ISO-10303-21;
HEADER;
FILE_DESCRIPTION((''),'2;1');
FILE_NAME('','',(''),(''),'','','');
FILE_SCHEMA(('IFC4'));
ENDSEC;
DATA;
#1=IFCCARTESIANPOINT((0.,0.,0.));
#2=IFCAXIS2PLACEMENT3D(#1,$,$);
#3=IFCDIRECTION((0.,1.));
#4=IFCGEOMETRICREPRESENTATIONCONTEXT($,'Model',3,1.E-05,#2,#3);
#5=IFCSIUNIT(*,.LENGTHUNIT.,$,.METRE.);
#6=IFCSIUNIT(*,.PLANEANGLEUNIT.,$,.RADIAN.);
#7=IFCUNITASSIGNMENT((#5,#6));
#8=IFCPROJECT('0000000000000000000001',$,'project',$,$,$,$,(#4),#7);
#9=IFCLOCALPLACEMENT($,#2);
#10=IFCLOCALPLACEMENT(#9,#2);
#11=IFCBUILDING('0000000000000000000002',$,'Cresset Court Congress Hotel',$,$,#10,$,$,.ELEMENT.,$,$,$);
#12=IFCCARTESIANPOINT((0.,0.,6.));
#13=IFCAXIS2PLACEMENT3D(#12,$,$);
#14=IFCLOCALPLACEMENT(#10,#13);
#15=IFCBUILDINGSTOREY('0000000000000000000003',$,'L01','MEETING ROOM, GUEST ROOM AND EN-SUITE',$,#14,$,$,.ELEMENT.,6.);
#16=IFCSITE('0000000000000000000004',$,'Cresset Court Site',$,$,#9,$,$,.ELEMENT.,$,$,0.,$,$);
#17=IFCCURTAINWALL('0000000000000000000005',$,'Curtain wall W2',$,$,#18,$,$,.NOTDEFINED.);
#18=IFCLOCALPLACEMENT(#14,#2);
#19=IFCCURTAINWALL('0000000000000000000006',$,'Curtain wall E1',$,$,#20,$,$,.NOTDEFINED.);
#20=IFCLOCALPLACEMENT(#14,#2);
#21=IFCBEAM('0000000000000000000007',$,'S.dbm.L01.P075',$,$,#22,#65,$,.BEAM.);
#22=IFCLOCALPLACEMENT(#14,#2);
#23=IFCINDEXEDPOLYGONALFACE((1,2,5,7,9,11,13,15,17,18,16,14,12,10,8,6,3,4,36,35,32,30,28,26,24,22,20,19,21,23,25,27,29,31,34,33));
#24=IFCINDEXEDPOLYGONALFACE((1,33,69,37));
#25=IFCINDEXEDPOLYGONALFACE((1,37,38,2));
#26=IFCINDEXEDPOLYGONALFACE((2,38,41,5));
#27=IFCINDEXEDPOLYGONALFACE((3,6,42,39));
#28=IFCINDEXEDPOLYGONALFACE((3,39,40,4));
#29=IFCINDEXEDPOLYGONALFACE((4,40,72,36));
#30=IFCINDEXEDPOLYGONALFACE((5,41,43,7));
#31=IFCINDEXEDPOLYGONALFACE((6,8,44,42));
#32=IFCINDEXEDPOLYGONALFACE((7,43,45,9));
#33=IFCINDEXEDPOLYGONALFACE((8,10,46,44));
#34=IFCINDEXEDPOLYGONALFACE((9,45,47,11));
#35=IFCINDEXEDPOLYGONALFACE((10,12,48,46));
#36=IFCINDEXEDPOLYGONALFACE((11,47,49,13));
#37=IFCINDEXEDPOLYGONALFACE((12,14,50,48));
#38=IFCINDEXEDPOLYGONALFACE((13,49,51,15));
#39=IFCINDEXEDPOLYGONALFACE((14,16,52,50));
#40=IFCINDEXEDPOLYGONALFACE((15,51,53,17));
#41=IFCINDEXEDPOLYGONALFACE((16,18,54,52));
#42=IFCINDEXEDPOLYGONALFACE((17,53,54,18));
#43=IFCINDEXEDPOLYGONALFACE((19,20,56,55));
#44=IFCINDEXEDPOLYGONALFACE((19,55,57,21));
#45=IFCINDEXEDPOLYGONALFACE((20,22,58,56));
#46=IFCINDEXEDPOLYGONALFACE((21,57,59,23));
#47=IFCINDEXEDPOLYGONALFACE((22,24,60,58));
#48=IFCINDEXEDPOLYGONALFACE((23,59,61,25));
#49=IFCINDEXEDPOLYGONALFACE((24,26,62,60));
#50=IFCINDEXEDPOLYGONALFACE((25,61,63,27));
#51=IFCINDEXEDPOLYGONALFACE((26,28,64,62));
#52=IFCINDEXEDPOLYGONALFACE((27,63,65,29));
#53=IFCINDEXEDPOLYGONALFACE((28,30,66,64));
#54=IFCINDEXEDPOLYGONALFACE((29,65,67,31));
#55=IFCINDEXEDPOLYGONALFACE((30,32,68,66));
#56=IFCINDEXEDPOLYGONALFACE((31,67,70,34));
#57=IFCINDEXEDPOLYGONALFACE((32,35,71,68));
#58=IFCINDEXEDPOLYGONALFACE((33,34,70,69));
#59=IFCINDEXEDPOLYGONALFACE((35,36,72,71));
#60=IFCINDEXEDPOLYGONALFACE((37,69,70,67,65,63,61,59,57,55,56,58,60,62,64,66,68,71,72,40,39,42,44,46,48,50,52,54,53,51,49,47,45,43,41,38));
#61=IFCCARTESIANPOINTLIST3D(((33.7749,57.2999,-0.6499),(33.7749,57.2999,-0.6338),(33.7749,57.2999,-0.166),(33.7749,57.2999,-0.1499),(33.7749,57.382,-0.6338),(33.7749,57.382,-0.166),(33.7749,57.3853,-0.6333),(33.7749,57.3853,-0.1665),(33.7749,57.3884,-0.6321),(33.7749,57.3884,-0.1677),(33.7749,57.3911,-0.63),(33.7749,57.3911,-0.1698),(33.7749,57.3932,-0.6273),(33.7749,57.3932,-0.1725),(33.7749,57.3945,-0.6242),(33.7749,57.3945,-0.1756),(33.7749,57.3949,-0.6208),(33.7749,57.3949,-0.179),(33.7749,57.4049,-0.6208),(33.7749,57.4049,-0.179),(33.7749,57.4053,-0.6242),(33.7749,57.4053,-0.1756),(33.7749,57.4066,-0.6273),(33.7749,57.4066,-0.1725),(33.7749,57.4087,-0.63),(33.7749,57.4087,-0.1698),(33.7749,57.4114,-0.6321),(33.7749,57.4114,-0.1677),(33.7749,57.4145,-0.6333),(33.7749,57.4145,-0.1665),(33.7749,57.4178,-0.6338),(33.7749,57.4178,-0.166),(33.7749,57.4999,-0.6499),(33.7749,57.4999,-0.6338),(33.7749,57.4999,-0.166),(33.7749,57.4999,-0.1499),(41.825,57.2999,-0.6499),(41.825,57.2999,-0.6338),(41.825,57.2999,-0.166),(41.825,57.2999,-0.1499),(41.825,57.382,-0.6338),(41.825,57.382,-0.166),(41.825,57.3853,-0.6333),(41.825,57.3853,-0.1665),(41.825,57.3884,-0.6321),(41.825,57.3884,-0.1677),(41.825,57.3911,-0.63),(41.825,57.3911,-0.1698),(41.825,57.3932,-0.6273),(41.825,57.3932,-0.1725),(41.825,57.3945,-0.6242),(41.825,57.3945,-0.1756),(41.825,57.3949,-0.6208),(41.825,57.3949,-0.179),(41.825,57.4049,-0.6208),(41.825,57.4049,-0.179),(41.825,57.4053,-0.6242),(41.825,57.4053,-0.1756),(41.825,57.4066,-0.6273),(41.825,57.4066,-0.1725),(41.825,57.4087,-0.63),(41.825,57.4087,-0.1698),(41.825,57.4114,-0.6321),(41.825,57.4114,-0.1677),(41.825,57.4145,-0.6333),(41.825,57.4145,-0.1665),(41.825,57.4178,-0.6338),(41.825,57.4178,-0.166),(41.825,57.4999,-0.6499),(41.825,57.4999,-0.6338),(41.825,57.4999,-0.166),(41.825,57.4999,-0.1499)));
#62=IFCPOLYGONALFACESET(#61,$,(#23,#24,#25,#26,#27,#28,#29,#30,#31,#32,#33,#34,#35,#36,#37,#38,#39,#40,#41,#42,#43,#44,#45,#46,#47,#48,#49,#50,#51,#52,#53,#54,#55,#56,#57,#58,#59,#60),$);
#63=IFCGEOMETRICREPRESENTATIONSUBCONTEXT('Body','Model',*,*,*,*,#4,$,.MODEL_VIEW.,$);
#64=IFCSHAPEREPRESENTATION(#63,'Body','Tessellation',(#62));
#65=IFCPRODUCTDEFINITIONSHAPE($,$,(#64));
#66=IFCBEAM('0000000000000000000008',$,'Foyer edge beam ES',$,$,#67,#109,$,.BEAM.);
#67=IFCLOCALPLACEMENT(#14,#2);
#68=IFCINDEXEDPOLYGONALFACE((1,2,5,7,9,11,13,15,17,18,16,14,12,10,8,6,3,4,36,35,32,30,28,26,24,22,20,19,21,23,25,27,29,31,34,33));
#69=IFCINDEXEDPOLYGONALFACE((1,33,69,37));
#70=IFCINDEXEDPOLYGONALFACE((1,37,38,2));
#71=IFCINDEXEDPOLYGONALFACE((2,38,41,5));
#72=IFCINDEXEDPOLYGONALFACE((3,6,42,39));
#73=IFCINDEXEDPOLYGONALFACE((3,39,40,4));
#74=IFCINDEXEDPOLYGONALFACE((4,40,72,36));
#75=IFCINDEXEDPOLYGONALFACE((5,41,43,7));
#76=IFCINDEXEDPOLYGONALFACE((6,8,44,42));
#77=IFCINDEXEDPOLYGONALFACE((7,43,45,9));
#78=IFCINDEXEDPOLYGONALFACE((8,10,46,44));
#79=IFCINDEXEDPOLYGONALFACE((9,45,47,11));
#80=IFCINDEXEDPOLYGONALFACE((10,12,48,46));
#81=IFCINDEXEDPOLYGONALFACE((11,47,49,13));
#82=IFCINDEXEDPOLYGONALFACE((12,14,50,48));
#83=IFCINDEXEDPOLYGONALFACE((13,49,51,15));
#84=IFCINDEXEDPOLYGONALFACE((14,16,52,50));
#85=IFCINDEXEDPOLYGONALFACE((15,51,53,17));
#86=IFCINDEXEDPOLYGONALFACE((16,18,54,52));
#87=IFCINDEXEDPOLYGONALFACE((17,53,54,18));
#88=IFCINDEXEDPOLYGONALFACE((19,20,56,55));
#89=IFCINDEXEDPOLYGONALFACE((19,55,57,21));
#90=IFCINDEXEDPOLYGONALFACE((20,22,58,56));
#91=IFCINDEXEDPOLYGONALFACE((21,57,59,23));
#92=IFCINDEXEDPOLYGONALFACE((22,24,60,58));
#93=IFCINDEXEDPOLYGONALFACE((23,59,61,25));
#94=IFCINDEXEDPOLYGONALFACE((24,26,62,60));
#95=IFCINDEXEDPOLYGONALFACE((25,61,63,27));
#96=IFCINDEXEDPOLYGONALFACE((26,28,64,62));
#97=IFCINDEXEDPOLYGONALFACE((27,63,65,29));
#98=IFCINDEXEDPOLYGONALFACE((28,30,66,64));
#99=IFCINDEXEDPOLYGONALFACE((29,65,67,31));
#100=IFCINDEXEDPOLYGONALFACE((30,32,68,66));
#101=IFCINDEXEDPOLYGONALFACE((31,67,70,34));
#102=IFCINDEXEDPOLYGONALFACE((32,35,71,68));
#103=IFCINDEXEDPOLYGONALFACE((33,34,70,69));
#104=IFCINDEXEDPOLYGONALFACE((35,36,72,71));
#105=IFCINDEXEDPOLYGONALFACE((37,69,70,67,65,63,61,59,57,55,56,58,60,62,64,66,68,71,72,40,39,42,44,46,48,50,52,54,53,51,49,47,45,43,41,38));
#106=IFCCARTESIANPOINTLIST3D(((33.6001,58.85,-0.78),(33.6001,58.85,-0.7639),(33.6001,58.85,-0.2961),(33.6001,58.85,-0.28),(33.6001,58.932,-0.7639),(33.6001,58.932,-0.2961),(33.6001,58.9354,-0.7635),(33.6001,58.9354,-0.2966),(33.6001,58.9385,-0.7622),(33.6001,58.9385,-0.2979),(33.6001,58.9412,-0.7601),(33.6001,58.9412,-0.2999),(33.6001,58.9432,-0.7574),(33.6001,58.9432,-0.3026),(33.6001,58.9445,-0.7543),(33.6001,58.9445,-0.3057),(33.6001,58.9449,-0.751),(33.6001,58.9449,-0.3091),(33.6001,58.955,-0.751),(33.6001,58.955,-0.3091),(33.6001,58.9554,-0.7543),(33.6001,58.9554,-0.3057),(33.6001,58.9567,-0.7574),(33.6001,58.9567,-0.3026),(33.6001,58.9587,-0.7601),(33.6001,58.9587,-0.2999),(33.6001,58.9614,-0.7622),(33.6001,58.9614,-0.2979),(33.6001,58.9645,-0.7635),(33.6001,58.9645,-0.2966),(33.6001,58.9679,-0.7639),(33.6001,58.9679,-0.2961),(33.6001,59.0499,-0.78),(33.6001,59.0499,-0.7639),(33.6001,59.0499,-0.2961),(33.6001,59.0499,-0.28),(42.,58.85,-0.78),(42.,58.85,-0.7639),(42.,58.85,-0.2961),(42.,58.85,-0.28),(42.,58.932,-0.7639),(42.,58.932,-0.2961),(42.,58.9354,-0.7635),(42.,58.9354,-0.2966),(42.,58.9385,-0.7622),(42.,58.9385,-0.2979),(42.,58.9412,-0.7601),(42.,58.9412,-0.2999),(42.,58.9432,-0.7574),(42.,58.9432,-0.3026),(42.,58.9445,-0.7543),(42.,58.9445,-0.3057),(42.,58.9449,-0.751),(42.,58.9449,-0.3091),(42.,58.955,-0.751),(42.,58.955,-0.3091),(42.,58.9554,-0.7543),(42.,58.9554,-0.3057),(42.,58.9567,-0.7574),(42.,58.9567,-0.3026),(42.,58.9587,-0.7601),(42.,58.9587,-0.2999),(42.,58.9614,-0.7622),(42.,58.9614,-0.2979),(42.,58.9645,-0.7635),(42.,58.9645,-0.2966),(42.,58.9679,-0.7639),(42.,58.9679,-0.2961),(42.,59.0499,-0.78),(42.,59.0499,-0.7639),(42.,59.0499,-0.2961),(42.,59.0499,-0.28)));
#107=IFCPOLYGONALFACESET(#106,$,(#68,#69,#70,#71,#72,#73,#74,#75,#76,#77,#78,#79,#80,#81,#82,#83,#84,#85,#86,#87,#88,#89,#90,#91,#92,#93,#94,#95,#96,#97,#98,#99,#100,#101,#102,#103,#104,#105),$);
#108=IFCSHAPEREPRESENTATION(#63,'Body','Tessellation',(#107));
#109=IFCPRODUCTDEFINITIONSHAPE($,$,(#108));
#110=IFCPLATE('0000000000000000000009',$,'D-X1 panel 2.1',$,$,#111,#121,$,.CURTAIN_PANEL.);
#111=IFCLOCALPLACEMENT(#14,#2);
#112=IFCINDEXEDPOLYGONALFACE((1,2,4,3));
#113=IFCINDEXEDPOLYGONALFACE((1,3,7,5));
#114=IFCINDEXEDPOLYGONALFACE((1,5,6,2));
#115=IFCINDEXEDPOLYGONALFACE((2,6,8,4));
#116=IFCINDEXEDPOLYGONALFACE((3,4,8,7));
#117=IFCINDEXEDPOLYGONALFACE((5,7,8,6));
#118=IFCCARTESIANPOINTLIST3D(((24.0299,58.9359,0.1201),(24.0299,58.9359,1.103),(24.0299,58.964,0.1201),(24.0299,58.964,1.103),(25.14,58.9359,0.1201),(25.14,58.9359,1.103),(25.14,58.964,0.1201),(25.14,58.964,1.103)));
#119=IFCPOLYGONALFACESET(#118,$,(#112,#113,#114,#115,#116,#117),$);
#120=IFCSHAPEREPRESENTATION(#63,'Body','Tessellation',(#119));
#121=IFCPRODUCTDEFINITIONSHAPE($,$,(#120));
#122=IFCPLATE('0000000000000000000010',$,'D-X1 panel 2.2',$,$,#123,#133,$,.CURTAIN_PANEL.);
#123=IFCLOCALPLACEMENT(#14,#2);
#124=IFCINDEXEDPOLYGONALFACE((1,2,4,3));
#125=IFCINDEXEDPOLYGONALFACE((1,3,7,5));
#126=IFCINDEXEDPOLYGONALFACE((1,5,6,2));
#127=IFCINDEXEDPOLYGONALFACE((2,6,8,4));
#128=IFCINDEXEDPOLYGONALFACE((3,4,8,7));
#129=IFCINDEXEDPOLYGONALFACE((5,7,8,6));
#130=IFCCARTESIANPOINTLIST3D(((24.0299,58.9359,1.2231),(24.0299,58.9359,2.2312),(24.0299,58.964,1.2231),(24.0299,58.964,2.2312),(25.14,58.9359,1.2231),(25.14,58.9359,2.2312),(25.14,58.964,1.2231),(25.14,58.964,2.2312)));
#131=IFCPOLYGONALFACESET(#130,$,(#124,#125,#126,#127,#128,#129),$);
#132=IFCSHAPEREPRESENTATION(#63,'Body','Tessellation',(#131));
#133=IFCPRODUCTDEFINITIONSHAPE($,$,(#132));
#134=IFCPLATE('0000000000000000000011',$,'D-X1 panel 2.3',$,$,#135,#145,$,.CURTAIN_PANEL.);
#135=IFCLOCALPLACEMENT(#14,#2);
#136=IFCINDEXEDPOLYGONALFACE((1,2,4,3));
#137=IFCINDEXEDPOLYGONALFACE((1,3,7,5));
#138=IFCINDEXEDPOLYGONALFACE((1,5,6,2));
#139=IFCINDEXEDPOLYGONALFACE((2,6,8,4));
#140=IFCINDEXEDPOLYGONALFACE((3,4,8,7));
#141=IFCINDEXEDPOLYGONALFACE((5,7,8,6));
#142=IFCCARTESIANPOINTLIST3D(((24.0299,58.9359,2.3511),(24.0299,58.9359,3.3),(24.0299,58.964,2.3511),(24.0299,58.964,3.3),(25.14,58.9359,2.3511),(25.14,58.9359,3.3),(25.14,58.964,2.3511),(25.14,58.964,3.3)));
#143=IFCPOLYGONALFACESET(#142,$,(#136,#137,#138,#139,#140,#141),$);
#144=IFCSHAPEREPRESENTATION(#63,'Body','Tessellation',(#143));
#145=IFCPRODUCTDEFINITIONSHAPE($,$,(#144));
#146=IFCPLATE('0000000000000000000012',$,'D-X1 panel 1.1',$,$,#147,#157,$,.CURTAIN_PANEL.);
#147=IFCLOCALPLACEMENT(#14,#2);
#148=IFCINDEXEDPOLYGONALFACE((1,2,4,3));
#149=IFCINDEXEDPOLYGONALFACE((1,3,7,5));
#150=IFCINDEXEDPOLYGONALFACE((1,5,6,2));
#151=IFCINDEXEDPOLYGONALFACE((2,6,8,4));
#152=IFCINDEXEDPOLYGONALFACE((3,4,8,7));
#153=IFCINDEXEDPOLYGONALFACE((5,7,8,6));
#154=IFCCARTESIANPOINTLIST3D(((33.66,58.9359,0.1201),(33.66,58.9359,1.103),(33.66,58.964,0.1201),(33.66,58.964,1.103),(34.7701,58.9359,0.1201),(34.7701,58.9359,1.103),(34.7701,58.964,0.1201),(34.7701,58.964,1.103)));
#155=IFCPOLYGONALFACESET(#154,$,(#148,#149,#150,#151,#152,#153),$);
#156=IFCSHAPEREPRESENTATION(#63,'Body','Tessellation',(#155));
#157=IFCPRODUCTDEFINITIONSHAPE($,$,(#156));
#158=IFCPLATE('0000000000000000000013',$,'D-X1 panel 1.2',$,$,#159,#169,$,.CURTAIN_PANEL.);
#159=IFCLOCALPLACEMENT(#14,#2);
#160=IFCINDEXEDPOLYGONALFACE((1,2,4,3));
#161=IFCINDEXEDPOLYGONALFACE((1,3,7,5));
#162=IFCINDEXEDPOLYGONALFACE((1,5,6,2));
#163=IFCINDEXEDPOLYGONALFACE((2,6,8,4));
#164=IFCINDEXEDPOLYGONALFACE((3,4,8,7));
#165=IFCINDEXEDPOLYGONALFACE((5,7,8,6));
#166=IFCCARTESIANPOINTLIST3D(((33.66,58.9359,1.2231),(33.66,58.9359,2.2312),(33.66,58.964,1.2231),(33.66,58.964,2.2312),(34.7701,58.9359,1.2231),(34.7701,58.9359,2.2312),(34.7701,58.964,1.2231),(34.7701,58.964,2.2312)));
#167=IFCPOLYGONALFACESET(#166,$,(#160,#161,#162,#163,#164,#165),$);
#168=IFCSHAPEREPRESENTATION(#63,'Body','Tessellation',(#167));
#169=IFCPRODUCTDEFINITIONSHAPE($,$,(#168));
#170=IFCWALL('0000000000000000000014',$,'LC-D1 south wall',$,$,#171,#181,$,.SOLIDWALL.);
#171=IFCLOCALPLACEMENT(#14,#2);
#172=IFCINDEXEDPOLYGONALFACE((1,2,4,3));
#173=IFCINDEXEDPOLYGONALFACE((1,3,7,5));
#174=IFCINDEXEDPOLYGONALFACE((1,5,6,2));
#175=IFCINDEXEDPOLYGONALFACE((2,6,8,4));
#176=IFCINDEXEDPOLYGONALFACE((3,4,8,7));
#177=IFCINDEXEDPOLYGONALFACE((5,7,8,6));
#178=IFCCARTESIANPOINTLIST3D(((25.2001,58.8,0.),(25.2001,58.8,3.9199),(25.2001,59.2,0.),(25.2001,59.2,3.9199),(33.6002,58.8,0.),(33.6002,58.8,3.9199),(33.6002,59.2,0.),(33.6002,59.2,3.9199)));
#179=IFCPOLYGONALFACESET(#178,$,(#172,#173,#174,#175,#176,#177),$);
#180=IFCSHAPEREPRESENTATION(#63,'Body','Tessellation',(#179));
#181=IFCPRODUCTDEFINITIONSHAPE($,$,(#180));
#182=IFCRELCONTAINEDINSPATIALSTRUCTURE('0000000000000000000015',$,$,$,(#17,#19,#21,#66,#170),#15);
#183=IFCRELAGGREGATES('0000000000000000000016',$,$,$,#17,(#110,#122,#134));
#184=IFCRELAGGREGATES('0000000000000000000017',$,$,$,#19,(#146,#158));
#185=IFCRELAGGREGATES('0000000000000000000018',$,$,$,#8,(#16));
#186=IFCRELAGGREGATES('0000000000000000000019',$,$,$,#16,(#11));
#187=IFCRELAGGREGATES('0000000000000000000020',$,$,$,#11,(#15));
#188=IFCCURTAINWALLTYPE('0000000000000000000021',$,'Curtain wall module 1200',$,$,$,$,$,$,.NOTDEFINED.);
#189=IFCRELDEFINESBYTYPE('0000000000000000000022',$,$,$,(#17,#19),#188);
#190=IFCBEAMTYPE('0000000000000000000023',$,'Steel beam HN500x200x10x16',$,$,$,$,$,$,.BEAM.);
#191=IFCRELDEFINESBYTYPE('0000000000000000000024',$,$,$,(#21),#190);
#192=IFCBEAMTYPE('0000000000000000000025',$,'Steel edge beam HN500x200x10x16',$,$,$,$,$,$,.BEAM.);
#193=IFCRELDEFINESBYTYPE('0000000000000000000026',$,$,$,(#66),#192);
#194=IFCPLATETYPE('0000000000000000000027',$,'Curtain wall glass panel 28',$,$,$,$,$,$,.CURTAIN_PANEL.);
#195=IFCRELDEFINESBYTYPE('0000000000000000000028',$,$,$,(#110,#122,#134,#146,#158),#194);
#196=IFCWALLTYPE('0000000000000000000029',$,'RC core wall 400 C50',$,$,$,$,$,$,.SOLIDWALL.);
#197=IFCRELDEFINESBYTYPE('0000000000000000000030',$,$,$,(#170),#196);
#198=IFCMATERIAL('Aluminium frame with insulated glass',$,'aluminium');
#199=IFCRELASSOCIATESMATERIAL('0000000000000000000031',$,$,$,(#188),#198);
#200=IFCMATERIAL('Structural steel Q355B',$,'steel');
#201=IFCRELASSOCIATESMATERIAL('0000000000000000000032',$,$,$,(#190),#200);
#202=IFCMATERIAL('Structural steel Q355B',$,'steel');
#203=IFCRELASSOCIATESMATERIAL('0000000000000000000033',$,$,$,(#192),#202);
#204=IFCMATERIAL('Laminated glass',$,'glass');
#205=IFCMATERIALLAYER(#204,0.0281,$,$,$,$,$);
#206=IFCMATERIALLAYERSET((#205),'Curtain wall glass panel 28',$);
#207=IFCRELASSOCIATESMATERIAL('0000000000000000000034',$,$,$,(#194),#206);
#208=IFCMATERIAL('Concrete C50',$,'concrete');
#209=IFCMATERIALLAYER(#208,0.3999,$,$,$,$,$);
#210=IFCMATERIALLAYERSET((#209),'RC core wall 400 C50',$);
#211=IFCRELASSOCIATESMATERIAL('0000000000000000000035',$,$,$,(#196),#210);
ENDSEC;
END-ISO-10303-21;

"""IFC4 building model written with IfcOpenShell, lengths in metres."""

from ifc_helpers import new_model, si_unit, direction, frame, frame_2d, origin, origin_2d, place, context, subcontext, project, spatial, rectangle, i_section, extrude, material, layer, layer_set, material_profile, profile_set, type_object, element, aggregate, save


model = new_model("IFC4")

# Units and contexts
model_context = context("Model", 3, precision=1e-05, world=origin(), true_north=direction((0.0, 1.0)))
body_context = subcontext(model_context, "Body", "Model", "MODEL_VIEW")
ifc_project = project(units=[si_unit("LENGTHUNIT", "METRE"), si_unit("PLANEANGLEUNIT", "RADIAN")], contexts=[model_context])

# Site, building, storey
site_placement = place(None, origin())
site = spatial("IfcSite", under=ifc_project, at=site_placement, Name="Cresset Court Site", CompositionType="ELEMENT", RefElevation=0.0)
building_placement = place(site_placement, origin())
building = spatial("IfcBuilding", under=site, at=building_placement, Name="Cresset Court Congress Hotel", CompositionType="ELEMENT")
storey_placement = place(building_placement, frame((0.0, 0.0, 6.0)))
storey = spatial("IfcBuildingStorey", under=building, at=storey_placement, Name="L01", Description="MEETING ROOM, GUEST ROOM AND EN-SUITE", CompositionType="ELEMENT", Elevation=6.0)

# Curtain walls
ifc_material_1 = material(Name="Aluminium frame with insulated glass", Category="aluminium")
curtain_wall_type = type_object("IfcCurtainWallType", Name="Curtain wall module 1200", PredefinedType="NOTDEFINED", material=ifc_material_1)
curtain_wall_1_placement = place(storey_placement, origin())
curtain_wall_1 = element("IfcCurtainWall", 1, at=curtain_wall_1_placement, inside=storey, type_object=curtain_wall_type, Name="Curtain wall W2", PredefinedType="NOTDEFINED")
curtain_wall_2_placement = place(storey_placement, origin())
curtain_wall_2 = element("IfcCurtainWall", 2, at=curtain_wall_2_placement, inside=storey, type_object=curtain_wall_type, Name="Curtain wall E1", PredefinedType="NOTDEFINED")

# Beams
ifc_material_2 = material(Name="Structural steel Q355B", Category="steel")
ifc_material_profile_1 = material_profile(ifc_material_2, i_section(OverallWidth=0.2, OverallDepth=0.5, WebThickness=0.01, FlangeThickness=0.0161, FilletRadius=0.0129, at=origin_2d()), Name="HN500x200x10x16")
ifc_profile_set_1 = profile_set([ifc_material_profile_1], Name="Structural steel Q355B")
beam_type_1 = type_object("IfcBeamType", Name="Steel beam HN500x200x10x16", PredefinedType="BEAM", material=ifc_profile_set_1)
for number, where, z_axis, x_axis, name in (
    (3, (33.7749, 57.3999, -0.3999), (1.0, 0.0, 0.0), (0.0, 1.0, 0.0), "S.dbm.L01.P075"),
):
    element("IfcBeam", number, at=place(storey_placement, frame(where, z_axis=z_axis, x_axis=x_axis)), inside=storey, type_object=beam_type_1, Name=name, PredefinedType="BEAM", context=body_context, shape_type="SweptSolid", body=[
        extrude(i_section(OverallWidth=0.2, OverallDepth=0.5, WebThickness=0.01, FlangeThickness=0.0161, FilletRadius=0.0129, at=origin_2d()), origin(), (0.0, 0.0, 1.0), 8.05),
    ])
ifc_material_3 = material(Name="Structural steel Q355B", Category="steel")
ifc_material_profile_2 = material_profile(ifc_material_3, i_section(OverallWidth=0.2, OverallDepth=0.5, WebThickness=0.01, FlangeThickness=0.0161, FilletRadius=0.0129, at=origin_2d()), Name="HN500x200x10x16")
ifc_profile_set_2 = profile_set([ifc_material_profile_2], Name="Structural steel Q355B")
beam_type_2 = type_object("IfcBeamType", Name="Steel edge beam HN500x200x10x16", PredefinedType="BEAM", material=ifc_profile_set_2)
beam_placement = place(storey_placement, frame((33.6001, 58.95, -0.53), z_axis=(1.0, 0.0, 0.0), x_axis=(0.0, 1.0, 0.0)))
element("IfcBeam", 4, at=beam_placement, inside=storey, type_object=beam_type_2, Name="Foyer edge beam ES", PredefinedType="BEAM", context=body_context, shape_type="SweptSolid", body=[
    extrude(i_section(OverallWidth=0.2, OverallDepth=0.5, WebThickness=0.01, FlangeThickness=0.0161, FilletRadius=0.0129, at=origin_2d()), origin(), (0.0, 0.0, 1.0), 8.3999),
])

# Plates
ifc_material_4 = material(Name="Laminated glass", Category="glass")
ifc_layer_1 = layer(ifc_material_4, 0.0281)
ifc_layer_set_1 = layer_set([ifc_layer_1], Name="Curtain wall glass panel 28")
plate_type = type_object("IfcPlateType", Name="Curtain wall glass panel 28", PredefinedType="CURTAIN_PANEL", material=ifc_layer_set_1)
plate_1_placement = place(storey_placement, frame((24.585, 58.95, 0.1201), z_axis=(0.0, 0.0, 1.0), x_axis=(1.0, 0.0, 0.0)))
plate_1 = element("IfcPlate", 5, at=plate_1_placement, type_object=plate_type, Name="D-X1 panel 2.1", PredefinedType="CURTAIN_PANEL", context=body_context, shape_type="SweptSolid", body=[
    extrude(rectangle(XDim=1.1101, YDim=0.0281, at=origin_2d()), origin(), (0.0, 0.0, 1.0), 0.9829),
])
plate_2_placement = place(storey_placement, frame((24.585, 58.95, 1.2231), z_axis=(0.0, 0.0, 1.0), x_axis=(1.0, 0.0, 0.0)))
plate_2 = element("IfcPlate", 6, at=plate_2_placement, type_object=plate_type, Name="D-X1 panel 2.2", PredefinedType="CURTAIN_PANEL", context=body_context, shape_type="SweptSolid", body=[
    extrude(rectangle(XDim=1.1101, YDim=0.0281, at=origin_2d()), origin(), (0.0, 0.0, 1.0), 1.0081),
])
plate_3_placement = place(storey_placement, frame((24.585, 58.95, 2.3511), z_axis=(0.0, 0.0, 1.0), x_axis=(1.0, 0.0, 0.0)))
plate_3 = element("IfcPlate", 7, at=plate_3_placement, type_object=plate_type, Name="D-X1 panel 2.3", PredefinedType="CURTAIN_PANEL", context=body_context, shape_type="SweptSolid", body=[
    extrude(rectangle(XDim=1.1101, YDim=0.0281, at=origin_2d()), origin(), (0.0, 0.0, 1.0), 0.949),
])
aggregate(curtain_wall_1, [plate_1, plate_2, plate_3])
plate_4_placement = place(storey_placement, frame((34.2151, 58.95, 0.1201), z_axis=(0.0, 0.0, 1.0), x_axis=(1.0, 0.0, 0.0)))
plate_4 = element("IfcPlate", 8, at=plate_4_placement, type_object=plate_type, Name="D-X1 panel 1.1", PredefinedType="CURTAIN_PANEL", context=body_context, shape_type="SweptSolid", body=[
    extrude(rectangle(XDim=1.1101, YDim=0.0281, at=origin_2d()), origin(), (0.0, 0.0, 1.0), 0.9829),
])
plate_5_placement = place(storey_placement, frame((34.2151, 58.95, 1.2231), z_axis=(0.0, 0.0, 1.0), x_axis=(1.0, 0.0, 0.0)))
plate_5 = element("IfcPlate", 9, at=plate_5_placement, type_object=plate_type, Name="D-X1 panel 1.2", PredefinedType="CURTAIN_PANEL", context=body_context, shape_type="SweptSolid", body=[
    extrude(rectangle(XDim=1.1101, YDim=0.0281, at=origin_2d()), origin(), (0.0, 0.0, 1.0), 1.0081),
])
aggregate(curtain_wall_2, [plate_4, plate_5])

# Wall
ifc_material_5 = material(Name="Concrete C50", Category="concrete")
ifc_layer_2 = layer(ifc_material_5, 0.3999)
ifc_layer_set_2 = layer_set([ifc_layer_2], Name="RC core wall 400 C50")
wall_type_1 = type_object("IfcWallType", Name="RC core wall 400 C50", PredefinedType="SOLIDWALL", material=ifc_layer_set_2)
wall_1_placement = place(storey_placement, frame((25.2, 59.0, 0.0), z_axis=(0.0, 0.0, 1.0), x_axis=(1.0, 0.0, 0.0)))
element("IfcWall", 10, at=wall_1_placement, inside=storey, type_object=wall_type_1, Name="LC-D1 south wall", PredefinedType="SOLIDWALL", context=body_context, shape_type="SweptSolid", body=[
    extrude(rectangle(XDim=8.4001, YDim=0.3999, at=frame_2d((4.2002, 0.0))), origin(), (0.0, 0.0, 1.0), 3.9199),
])

save(model, "model.ifc")
